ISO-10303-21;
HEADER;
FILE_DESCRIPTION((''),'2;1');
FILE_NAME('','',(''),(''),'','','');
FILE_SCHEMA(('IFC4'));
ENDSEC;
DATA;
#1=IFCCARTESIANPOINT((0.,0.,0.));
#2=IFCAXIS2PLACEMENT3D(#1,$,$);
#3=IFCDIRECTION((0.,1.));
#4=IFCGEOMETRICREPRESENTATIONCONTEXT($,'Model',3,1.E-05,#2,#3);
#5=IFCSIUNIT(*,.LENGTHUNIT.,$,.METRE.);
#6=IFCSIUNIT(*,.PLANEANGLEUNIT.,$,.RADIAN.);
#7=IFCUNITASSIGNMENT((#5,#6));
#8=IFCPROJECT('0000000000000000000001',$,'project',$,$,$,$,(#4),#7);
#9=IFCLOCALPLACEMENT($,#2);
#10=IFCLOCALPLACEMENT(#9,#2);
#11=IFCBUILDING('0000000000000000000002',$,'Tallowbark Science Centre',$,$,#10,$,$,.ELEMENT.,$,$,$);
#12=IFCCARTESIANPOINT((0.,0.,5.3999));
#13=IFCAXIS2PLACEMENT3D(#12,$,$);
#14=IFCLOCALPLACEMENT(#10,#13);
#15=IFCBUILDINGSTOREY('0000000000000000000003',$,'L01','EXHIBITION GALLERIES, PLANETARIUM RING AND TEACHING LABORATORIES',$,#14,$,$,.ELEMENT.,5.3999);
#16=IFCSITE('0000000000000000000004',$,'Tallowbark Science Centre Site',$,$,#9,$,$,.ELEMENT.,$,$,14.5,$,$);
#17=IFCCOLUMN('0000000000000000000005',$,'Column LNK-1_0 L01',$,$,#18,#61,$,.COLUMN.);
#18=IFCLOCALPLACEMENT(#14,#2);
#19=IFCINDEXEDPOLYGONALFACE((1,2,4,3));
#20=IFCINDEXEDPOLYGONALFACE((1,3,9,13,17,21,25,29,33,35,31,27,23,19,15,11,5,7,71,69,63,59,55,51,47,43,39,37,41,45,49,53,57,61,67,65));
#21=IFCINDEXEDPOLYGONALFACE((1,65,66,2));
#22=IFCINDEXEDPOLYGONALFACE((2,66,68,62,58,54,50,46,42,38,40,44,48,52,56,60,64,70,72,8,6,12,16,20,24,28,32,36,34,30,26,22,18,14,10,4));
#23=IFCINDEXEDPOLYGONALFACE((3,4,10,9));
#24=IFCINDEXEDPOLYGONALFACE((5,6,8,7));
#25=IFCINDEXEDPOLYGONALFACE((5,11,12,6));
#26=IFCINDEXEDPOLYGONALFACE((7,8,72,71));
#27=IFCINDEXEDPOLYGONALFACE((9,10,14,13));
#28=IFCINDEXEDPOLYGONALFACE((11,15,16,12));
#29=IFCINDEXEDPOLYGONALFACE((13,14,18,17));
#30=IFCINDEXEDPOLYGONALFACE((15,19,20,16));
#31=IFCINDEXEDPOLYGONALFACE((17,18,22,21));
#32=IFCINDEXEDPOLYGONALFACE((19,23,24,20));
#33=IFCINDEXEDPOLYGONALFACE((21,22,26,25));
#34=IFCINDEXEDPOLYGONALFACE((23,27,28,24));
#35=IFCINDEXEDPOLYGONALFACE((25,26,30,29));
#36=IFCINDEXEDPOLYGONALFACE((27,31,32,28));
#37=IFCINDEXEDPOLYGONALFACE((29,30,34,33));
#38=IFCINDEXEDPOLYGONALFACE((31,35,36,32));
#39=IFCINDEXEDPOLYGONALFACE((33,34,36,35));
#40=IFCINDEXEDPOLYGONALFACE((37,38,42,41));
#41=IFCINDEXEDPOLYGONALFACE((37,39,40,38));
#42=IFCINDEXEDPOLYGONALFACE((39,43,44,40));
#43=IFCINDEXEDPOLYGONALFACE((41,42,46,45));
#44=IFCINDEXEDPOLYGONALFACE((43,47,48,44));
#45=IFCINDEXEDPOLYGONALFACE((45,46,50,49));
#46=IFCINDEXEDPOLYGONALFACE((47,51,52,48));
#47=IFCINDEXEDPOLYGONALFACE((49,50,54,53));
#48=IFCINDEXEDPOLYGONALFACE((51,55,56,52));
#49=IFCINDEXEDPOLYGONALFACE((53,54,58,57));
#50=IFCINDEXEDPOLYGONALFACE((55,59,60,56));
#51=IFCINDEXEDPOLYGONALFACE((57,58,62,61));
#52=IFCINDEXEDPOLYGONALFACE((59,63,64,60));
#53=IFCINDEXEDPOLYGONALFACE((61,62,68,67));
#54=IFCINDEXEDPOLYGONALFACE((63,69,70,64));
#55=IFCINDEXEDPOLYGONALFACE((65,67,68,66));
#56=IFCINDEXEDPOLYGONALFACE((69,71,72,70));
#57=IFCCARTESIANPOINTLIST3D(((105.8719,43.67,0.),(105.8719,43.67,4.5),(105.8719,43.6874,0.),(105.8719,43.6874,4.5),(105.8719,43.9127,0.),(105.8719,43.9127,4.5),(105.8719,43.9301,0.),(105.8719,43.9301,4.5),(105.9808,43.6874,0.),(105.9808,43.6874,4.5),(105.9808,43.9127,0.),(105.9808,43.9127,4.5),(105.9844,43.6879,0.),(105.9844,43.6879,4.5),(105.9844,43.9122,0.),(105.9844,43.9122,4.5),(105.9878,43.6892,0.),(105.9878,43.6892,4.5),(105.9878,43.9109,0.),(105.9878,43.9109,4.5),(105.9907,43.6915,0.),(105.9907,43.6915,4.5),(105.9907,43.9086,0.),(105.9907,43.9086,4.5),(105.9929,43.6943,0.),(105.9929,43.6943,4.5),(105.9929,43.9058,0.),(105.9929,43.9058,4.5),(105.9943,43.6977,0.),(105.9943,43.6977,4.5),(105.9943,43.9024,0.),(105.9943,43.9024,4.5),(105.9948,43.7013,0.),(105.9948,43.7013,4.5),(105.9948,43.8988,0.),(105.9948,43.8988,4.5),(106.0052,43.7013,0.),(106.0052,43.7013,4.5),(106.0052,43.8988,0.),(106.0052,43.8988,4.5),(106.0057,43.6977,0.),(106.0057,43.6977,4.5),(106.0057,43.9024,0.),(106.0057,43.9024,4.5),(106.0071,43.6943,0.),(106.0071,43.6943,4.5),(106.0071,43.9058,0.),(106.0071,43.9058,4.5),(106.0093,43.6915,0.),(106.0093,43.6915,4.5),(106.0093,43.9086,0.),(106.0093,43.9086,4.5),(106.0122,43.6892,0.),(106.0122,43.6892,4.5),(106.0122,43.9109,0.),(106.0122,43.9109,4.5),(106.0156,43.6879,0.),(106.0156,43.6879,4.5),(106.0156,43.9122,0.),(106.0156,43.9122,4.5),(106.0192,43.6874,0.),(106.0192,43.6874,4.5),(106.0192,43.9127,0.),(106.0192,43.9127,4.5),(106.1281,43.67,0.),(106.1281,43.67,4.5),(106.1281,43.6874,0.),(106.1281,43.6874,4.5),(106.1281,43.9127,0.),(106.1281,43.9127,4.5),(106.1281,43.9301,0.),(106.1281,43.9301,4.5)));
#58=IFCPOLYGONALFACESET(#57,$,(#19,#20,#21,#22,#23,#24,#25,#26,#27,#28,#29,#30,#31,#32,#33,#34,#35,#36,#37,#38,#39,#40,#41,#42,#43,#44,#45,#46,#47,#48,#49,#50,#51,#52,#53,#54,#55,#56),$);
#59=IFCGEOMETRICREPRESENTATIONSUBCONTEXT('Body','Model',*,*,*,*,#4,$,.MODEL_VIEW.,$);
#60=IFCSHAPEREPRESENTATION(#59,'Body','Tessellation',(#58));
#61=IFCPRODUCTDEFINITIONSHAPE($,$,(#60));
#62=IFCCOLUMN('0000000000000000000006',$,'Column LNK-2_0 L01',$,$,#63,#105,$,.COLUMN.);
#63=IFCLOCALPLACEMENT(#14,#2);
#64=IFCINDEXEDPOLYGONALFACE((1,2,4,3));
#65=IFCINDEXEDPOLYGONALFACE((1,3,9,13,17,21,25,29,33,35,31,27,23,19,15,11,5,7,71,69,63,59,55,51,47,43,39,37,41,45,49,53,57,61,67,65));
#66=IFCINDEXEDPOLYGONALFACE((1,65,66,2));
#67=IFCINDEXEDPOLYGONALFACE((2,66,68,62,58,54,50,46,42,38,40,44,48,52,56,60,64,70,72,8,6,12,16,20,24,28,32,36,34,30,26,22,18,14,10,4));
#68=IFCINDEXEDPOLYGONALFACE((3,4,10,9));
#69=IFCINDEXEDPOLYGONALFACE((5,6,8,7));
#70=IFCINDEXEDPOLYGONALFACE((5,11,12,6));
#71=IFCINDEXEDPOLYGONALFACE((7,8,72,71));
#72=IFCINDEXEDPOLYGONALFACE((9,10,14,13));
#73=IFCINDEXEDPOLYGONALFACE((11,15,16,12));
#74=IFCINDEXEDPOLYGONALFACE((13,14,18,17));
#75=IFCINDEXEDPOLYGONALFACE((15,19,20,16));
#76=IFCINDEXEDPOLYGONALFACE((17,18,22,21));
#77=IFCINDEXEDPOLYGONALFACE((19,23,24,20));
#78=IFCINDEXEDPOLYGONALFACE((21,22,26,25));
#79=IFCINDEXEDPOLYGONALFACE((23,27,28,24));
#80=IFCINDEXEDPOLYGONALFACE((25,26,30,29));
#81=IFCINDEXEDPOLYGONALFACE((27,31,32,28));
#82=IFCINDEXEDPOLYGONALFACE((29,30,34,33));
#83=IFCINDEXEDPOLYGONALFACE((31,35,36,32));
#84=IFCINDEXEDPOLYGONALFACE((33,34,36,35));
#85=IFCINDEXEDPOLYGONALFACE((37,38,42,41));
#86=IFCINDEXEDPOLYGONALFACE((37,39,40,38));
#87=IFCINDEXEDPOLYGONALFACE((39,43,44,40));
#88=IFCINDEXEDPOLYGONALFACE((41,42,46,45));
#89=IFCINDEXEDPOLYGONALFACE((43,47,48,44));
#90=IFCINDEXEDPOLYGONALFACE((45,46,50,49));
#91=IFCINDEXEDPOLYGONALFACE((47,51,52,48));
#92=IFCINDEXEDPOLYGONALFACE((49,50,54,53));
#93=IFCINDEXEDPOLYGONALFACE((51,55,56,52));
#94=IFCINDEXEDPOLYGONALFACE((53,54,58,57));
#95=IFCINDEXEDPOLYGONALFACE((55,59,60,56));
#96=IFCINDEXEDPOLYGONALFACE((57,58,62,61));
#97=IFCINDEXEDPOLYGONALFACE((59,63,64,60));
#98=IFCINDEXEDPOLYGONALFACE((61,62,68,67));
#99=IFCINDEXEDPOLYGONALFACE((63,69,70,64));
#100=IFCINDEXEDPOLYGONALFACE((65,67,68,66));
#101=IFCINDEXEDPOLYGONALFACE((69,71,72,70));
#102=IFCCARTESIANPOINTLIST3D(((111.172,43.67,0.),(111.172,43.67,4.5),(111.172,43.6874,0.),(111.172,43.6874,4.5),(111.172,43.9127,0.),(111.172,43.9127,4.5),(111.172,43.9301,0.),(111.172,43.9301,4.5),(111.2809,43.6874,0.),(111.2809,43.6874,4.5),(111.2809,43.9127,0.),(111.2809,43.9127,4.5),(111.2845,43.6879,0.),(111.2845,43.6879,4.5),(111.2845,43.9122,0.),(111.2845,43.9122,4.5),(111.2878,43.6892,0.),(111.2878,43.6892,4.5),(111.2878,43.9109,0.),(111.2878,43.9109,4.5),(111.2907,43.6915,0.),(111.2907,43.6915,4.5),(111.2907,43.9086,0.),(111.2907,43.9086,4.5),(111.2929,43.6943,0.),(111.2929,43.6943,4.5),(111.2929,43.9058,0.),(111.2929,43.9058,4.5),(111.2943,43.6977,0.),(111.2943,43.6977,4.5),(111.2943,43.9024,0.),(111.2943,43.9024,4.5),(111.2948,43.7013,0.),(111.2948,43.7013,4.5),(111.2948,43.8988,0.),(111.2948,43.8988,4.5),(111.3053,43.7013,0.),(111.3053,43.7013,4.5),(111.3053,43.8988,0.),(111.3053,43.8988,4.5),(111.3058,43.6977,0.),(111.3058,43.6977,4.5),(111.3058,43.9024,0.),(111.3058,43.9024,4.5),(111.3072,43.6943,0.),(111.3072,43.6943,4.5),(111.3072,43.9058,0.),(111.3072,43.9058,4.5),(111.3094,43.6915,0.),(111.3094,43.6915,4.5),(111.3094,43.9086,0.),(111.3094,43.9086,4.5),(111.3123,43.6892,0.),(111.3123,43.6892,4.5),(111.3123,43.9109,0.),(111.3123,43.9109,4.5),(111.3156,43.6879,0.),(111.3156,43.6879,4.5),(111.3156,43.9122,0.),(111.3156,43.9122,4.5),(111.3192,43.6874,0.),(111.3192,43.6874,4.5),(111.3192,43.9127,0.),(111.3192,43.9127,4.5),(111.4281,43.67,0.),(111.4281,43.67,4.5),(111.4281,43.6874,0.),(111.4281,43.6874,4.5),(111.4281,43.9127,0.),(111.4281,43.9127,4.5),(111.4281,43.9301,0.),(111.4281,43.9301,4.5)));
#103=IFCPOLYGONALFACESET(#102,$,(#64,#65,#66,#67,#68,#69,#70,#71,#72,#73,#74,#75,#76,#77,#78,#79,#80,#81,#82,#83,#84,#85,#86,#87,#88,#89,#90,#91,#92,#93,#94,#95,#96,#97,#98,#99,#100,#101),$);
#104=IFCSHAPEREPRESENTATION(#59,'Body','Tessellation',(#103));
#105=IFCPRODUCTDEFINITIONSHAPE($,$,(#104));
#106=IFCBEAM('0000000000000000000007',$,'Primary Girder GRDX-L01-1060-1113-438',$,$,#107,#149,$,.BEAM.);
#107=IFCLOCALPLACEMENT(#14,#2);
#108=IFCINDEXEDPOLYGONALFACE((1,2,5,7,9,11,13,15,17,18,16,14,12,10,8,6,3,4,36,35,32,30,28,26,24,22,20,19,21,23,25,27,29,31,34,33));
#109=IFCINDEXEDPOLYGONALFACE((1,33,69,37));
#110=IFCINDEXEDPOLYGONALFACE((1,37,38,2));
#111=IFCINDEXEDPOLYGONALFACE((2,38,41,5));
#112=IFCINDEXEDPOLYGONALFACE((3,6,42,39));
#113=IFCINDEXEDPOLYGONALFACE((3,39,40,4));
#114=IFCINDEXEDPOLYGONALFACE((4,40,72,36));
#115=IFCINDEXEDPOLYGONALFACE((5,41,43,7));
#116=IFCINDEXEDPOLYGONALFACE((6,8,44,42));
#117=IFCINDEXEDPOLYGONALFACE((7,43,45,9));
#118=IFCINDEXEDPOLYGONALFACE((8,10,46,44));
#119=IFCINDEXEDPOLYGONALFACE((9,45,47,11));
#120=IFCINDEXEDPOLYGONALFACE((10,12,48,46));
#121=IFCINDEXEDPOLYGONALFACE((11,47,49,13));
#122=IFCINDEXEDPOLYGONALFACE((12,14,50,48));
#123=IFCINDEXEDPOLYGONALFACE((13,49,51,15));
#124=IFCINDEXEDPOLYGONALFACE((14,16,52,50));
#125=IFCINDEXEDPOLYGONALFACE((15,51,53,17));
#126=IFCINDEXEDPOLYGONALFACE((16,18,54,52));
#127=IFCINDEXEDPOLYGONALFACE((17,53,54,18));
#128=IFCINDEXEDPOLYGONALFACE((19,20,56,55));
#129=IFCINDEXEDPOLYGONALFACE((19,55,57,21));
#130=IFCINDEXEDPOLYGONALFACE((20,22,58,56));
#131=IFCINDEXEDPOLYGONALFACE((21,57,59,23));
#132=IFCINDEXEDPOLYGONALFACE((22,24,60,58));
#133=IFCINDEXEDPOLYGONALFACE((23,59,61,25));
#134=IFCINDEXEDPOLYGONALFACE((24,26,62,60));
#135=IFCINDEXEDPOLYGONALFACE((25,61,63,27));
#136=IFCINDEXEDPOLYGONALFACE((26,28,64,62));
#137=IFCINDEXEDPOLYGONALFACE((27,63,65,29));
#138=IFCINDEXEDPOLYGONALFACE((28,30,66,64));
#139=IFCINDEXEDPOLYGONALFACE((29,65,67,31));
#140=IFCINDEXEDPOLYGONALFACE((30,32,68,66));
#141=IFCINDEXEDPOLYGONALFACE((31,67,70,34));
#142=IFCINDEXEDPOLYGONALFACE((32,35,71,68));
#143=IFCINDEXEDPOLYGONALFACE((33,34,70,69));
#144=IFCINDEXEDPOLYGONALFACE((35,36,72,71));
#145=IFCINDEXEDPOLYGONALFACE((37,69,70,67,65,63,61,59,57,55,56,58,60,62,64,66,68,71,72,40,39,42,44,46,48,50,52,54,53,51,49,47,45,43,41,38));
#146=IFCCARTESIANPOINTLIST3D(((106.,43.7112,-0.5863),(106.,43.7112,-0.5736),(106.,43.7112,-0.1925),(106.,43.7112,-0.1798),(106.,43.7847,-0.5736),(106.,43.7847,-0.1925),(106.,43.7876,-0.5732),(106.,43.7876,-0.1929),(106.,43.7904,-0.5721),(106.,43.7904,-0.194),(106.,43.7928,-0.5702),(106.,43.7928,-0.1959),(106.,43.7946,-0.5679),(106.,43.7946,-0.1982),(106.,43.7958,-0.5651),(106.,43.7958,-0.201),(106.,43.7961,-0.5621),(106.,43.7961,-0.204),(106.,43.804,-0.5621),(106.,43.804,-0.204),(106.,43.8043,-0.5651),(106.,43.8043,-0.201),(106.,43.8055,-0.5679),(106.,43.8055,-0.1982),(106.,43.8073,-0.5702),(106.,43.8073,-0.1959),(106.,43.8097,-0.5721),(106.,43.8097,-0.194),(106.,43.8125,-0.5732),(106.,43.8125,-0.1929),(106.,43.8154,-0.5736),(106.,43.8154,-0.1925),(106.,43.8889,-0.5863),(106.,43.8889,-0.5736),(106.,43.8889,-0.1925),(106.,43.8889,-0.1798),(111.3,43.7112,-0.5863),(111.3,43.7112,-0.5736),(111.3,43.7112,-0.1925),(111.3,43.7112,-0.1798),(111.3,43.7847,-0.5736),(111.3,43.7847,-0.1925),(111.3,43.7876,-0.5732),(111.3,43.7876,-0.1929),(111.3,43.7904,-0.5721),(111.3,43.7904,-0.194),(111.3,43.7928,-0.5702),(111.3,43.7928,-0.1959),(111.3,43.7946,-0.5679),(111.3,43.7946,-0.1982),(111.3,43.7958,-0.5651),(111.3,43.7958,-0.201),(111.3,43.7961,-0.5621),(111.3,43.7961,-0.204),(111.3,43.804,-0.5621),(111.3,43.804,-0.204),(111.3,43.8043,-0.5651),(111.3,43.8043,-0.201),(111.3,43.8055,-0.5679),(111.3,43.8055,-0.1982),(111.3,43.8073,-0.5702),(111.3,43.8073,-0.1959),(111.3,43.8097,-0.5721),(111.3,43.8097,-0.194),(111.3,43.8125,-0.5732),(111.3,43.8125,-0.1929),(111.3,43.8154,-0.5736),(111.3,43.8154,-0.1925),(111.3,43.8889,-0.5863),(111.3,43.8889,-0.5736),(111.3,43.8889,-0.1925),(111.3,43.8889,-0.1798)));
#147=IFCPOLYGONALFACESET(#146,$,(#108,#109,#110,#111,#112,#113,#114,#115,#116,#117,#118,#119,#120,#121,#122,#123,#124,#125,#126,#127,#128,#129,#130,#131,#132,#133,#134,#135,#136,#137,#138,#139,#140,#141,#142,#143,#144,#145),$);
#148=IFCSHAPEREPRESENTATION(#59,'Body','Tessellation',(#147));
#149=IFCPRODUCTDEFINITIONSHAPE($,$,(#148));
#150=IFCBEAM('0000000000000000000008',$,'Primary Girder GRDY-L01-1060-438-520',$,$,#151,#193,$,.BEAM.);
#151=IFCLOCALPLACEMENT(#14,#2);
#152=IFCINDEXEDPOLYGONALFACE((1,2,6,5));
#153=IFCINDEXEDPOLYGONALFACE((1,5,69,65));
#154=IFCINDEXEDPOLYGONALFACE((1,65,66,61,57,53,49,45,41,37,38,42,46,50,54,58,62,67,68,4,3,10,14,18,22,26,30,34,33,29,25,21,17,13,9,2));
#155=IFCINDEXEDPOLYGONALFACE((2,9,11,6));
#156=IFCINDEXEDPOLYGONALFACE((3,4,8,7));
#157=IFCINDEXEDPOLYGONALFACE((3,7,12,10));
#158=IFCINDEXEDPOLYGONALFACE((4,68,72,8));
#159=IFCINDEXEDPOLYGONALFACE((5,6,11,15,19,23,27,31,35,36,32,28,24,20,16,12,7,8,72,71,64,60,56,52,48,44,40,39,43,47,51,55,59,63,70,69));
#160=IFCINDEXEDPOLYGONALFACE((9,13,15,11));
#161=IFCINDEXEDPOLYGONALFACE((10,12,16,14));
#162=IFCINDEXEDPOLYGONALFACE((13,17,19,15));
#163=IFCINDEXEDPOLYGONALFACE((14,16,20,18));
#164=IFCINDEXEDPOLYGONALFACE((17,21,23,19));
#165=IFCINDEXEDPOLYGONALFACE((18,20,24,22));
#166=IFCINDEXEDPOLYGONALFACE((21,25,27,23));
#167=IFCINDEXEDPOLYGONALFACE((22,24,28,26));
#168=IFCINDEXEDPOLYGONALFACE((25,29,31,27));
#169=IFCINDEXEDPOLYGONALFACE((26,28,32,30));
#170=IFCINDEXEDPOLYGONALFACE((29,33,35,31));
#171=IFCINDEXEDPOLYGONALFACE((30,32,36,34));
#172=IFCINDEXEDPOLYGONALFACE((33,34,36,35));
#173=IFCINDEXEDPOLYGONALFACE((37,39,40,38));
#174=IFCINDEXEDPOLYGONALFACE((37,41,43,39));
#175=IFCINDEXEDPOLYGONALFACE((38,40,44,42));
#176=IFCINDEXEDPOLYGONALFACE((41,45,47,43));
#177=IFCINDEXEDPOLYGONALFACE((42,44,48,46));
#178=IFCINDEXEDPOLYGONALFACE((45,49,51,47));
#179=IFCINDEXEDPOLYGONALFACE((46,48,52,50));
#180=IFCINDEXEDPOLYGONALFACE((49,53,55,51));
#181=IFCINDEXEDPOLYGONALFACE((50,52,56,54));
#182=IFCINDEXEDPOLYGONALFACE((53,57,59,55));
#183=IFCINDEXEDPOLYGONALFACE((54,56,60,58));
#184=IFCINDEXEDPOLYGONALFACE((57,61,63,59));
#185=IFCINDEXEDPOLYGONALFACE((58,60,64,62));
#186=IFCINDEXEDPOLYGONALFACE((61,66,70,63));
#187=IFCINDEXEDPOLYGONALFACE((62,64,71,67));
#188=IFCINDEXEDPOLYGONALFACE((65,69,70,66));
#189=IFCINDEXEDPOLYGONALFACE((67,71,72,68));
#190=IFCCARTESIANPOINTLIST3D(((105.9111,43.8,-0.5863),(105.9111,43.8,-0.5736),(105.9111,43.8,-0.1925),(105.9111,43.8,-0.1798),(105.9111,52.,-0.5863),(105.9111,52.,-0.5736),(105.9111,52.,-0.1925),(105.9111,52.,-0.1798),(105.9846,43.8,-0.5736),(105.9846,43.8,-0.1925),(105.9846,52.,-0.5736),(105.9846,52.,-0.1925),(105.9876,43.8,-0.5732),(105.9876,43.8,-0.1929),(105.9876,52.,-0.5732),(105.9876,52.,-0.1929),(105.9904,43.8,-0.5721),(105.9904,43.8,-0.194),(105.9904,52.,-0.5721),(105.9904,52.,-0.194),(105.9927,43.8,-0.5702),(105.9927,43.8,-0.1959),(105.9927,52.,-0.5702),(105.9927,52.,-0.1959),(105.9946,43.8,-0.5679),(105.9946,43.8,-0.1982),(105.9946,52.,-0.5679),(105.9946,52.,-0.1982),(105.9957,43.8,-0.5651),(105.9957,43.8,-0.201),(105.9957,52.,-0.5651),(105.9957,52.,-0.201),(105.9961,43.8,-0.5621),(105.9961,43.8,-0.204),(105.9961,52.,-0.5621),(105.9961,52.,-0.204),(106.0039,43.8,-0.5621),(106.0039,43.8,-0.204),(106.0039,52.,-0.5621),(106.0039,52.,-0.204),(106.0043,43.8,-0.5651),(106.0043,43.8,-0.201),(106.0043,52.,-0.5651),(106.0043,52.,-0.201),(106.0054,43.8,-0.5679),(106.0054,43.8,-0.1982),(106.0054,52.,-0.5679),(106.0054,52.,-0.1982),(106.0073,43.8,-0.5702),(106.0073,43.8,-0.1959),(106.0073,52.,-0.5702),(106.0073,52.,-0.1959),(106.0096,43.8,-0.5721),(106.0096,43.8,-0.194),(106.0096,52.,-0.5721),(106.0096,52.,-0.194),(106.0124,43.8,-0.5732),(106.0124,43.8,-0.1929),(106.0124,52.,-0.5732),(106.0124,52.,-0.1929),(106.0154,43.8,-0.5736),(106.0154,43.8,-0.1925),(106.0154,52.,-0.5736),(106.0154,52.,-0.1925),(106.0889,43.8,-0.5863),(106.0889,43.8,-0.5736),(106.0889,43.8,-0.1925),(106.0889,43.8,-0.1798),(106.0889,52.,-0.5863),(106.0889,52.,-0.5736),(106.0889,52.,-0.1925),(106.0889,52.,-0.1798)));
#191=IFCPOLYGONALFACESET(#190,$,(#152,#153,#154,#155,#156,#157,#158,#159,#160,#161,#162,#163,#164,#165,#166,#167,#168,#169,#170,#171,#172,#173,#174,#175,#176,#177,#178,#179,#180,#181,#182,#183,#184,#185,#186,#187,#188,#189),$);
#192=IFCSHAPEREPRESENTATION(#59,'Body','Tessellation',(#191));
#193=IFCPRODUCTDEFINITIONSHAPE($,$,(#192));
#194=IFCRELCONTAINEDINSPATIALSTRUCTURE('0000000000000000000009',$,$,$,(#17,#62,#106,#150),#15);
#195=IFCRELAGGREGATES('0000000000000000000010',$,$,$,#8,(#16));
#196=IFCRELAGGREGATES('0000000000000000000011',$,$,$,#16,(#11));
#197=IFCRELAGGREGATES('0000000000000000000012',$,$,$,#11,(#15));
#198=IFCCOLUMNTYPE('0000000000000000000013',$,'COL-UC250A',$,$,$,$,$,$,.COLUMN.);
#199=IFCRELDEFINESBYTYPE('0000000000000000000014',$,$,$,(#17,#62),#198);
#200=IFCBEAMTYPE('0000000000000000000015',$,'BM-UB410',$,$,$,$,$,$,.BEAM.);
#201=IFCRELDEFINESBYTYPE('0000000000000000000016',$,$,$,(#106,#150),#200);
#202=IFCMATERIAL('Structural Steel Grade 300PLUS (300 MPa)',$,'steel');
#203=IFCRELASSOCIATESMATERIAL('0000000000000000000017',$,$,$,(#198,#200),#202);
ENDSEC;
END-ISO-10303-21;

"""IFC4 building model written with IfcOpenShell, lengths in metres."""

from ifc_helpers import new_model, si_unit, direction, frame, origin, origin_2d, place, context, subcontext, project, spatial, i_section, extrude, material, material_profile, profile_set, type_object, element, save


model = new_model("IFC4")

# Units and contexts
model_context = context("Model", 3, precision=1e-05, world=origin(), true_north=direction((0.0, 1.0)))
body_context = subcontext(model_context, "Body", "Model", "MODEL_VIEW")
ifc_project = project(units=[si_unit("LENGTHUNIT", "METRE"), si_unit("PLANEANGLEUNIT", "RADIAN")], contexts=[model_context])

# Site, building, storey
site_placement = place(None, origin())
site = spatial("IfcSite", under=ifc_project, at=site_placement, Name="Tallowbark Science Centre Site", CompositionType="ELEMENT", RefElevation=14.5)
building_placement = place(site_placement, origin())
building = spatial("IfcBuilding", under=site, at=building_placement, Name="Tallowbark Science Centre", CompositionType="ELEMENT")
storey_placement = place(building_placement, frame((0.0, 0.0, 5.3999)))
storey = spatial("IfcBuildingStorey", under=building, at=storey_placement, Name="L01", Description="EXHIBITION GALLERIES, PLANETARIUM RING AND TEACHING LABORATORIES", CompositionType="ELEMENT", Elevation=5.3999)

# Columns
ifc_material_1 = material(Name="Structural Steel Grade 300PLUS (300 MPa)", Category="steel")
ifc_material_profile_1 = material_profile(ifc_material_1, i_section(OverallWidth=0.2561, OverallDepth=0.26, WebThickness=0.0105, FlangeThickness=0.0173, FilletRadius=0.0139, at=origin_2d()), Name="250UC89.5")
ifc_profile_set_1 = profile_set([ifc_material_profile_1], Name="Structural Steel Grade 300PLUS (300 MPa)")
column_type = type_object("IfcColumnType", Name="COL-UC250A", PredefinedType="COLUMN", material=ifc_profile_set_1)
for number, where, z_axis, x_axis, name in (
    (1, (106.0, 43.8, 0.0), (0.0, 0.0, 1.0), (1.0, 0.0, 0.0), "Column LNK-1_0 L01"),
    (2, (111.3, 43.8, 0.0), (0.0, 0.0, 1.0), (1.0, 0.0, 0.0), "Column LNK-2_0 L01"),
):
    element("IfcColumn", number, at=place(storey_placement, frame(where, z_axis=z_axis, x_axis=x_axis)), inside=storey, type_object=column_type, Name=name, PredefinedType="COLUMN", context=body_context, shape_type="SweptSolid", body=[
        extrude(i_section(OverallWidth=0.2561, OverallDepth=0.26, WebThickness=0.0105, FlangeThickness=0.0173, FilletRadius=0.0139, at=origin_2d()), origin(), (0.0, 0.0, 1.0), 4.5),
    ])

# Beams
ifc_material_profile_2 = material_profile(ifc_material_1, i_section(OverallWidth=0.1777, OverallDepth=0.4065, WebThickness=0.0078, FlangeThickness=0.0127, FilletRadius=0.0115, at=origin_2d()), Name="410UB59.7")
ifc_profile_set_2 = profile_set([ifc_material_profile_2], Name="Structural Steel Grade 300PLUS (300 MPa)")
beam_type = type_object("IfcBeamType", Name="BM-UB410", PredefinedType="BEAM", material=ifc_profile_set_2)
beam_placement = place(storey_placement, frame((106.0, 43.8, -0.3831), z_axis=(1.0, 0.0, 0.0), x_axis=(0.0, 1.0, 0.0)))
element("IfcBeam", 3, at=beam_placement, inside=storey, type_object=beam_type, Name="Primary Girder GRDX-L01-1060-1113-438", PredefinedType="BEAM", context=body_context, shape_type="SweptSolid", body=[
    extrude(i_section(OverallWidth=0.1777, OverallDepth=0.4065, WebThickness=0.0078, FlangeThickness=0.0127, FilletRadius=0.0115, at=origin_2d()), origin(), (0.0, 0.0, 1.0), 5.3),
])
for number, where, z_axis, x_axis, name in (
    (4, (106.0, 43.8, -0.3831), (0.0, 1.0, 0.0), (-1.0, 0.0, 0.0), "Primary Girder GRDY-L01-1060-438-520"),
):
    element("IfcBeam", number, at=place(storey_placement, frame(where, z_axis=z_axis, x_axis=x_axis)), inside=storey, type_object=beam_type, Name=name, PredefinedType="BEAM", context=body_context, shape_type="SweptSolid", body=[
        extrude(i_section(OverallWidth=0.1777, OverallDepth=0.4065, WebThickness=0.0078, FlangeThickness=0.0127, FilletRadius=0.0115, at=origin_2d()), origin(), (0.0, 0.0, 1.0), 8.2),
    ])

save(model, "model.ifc")
